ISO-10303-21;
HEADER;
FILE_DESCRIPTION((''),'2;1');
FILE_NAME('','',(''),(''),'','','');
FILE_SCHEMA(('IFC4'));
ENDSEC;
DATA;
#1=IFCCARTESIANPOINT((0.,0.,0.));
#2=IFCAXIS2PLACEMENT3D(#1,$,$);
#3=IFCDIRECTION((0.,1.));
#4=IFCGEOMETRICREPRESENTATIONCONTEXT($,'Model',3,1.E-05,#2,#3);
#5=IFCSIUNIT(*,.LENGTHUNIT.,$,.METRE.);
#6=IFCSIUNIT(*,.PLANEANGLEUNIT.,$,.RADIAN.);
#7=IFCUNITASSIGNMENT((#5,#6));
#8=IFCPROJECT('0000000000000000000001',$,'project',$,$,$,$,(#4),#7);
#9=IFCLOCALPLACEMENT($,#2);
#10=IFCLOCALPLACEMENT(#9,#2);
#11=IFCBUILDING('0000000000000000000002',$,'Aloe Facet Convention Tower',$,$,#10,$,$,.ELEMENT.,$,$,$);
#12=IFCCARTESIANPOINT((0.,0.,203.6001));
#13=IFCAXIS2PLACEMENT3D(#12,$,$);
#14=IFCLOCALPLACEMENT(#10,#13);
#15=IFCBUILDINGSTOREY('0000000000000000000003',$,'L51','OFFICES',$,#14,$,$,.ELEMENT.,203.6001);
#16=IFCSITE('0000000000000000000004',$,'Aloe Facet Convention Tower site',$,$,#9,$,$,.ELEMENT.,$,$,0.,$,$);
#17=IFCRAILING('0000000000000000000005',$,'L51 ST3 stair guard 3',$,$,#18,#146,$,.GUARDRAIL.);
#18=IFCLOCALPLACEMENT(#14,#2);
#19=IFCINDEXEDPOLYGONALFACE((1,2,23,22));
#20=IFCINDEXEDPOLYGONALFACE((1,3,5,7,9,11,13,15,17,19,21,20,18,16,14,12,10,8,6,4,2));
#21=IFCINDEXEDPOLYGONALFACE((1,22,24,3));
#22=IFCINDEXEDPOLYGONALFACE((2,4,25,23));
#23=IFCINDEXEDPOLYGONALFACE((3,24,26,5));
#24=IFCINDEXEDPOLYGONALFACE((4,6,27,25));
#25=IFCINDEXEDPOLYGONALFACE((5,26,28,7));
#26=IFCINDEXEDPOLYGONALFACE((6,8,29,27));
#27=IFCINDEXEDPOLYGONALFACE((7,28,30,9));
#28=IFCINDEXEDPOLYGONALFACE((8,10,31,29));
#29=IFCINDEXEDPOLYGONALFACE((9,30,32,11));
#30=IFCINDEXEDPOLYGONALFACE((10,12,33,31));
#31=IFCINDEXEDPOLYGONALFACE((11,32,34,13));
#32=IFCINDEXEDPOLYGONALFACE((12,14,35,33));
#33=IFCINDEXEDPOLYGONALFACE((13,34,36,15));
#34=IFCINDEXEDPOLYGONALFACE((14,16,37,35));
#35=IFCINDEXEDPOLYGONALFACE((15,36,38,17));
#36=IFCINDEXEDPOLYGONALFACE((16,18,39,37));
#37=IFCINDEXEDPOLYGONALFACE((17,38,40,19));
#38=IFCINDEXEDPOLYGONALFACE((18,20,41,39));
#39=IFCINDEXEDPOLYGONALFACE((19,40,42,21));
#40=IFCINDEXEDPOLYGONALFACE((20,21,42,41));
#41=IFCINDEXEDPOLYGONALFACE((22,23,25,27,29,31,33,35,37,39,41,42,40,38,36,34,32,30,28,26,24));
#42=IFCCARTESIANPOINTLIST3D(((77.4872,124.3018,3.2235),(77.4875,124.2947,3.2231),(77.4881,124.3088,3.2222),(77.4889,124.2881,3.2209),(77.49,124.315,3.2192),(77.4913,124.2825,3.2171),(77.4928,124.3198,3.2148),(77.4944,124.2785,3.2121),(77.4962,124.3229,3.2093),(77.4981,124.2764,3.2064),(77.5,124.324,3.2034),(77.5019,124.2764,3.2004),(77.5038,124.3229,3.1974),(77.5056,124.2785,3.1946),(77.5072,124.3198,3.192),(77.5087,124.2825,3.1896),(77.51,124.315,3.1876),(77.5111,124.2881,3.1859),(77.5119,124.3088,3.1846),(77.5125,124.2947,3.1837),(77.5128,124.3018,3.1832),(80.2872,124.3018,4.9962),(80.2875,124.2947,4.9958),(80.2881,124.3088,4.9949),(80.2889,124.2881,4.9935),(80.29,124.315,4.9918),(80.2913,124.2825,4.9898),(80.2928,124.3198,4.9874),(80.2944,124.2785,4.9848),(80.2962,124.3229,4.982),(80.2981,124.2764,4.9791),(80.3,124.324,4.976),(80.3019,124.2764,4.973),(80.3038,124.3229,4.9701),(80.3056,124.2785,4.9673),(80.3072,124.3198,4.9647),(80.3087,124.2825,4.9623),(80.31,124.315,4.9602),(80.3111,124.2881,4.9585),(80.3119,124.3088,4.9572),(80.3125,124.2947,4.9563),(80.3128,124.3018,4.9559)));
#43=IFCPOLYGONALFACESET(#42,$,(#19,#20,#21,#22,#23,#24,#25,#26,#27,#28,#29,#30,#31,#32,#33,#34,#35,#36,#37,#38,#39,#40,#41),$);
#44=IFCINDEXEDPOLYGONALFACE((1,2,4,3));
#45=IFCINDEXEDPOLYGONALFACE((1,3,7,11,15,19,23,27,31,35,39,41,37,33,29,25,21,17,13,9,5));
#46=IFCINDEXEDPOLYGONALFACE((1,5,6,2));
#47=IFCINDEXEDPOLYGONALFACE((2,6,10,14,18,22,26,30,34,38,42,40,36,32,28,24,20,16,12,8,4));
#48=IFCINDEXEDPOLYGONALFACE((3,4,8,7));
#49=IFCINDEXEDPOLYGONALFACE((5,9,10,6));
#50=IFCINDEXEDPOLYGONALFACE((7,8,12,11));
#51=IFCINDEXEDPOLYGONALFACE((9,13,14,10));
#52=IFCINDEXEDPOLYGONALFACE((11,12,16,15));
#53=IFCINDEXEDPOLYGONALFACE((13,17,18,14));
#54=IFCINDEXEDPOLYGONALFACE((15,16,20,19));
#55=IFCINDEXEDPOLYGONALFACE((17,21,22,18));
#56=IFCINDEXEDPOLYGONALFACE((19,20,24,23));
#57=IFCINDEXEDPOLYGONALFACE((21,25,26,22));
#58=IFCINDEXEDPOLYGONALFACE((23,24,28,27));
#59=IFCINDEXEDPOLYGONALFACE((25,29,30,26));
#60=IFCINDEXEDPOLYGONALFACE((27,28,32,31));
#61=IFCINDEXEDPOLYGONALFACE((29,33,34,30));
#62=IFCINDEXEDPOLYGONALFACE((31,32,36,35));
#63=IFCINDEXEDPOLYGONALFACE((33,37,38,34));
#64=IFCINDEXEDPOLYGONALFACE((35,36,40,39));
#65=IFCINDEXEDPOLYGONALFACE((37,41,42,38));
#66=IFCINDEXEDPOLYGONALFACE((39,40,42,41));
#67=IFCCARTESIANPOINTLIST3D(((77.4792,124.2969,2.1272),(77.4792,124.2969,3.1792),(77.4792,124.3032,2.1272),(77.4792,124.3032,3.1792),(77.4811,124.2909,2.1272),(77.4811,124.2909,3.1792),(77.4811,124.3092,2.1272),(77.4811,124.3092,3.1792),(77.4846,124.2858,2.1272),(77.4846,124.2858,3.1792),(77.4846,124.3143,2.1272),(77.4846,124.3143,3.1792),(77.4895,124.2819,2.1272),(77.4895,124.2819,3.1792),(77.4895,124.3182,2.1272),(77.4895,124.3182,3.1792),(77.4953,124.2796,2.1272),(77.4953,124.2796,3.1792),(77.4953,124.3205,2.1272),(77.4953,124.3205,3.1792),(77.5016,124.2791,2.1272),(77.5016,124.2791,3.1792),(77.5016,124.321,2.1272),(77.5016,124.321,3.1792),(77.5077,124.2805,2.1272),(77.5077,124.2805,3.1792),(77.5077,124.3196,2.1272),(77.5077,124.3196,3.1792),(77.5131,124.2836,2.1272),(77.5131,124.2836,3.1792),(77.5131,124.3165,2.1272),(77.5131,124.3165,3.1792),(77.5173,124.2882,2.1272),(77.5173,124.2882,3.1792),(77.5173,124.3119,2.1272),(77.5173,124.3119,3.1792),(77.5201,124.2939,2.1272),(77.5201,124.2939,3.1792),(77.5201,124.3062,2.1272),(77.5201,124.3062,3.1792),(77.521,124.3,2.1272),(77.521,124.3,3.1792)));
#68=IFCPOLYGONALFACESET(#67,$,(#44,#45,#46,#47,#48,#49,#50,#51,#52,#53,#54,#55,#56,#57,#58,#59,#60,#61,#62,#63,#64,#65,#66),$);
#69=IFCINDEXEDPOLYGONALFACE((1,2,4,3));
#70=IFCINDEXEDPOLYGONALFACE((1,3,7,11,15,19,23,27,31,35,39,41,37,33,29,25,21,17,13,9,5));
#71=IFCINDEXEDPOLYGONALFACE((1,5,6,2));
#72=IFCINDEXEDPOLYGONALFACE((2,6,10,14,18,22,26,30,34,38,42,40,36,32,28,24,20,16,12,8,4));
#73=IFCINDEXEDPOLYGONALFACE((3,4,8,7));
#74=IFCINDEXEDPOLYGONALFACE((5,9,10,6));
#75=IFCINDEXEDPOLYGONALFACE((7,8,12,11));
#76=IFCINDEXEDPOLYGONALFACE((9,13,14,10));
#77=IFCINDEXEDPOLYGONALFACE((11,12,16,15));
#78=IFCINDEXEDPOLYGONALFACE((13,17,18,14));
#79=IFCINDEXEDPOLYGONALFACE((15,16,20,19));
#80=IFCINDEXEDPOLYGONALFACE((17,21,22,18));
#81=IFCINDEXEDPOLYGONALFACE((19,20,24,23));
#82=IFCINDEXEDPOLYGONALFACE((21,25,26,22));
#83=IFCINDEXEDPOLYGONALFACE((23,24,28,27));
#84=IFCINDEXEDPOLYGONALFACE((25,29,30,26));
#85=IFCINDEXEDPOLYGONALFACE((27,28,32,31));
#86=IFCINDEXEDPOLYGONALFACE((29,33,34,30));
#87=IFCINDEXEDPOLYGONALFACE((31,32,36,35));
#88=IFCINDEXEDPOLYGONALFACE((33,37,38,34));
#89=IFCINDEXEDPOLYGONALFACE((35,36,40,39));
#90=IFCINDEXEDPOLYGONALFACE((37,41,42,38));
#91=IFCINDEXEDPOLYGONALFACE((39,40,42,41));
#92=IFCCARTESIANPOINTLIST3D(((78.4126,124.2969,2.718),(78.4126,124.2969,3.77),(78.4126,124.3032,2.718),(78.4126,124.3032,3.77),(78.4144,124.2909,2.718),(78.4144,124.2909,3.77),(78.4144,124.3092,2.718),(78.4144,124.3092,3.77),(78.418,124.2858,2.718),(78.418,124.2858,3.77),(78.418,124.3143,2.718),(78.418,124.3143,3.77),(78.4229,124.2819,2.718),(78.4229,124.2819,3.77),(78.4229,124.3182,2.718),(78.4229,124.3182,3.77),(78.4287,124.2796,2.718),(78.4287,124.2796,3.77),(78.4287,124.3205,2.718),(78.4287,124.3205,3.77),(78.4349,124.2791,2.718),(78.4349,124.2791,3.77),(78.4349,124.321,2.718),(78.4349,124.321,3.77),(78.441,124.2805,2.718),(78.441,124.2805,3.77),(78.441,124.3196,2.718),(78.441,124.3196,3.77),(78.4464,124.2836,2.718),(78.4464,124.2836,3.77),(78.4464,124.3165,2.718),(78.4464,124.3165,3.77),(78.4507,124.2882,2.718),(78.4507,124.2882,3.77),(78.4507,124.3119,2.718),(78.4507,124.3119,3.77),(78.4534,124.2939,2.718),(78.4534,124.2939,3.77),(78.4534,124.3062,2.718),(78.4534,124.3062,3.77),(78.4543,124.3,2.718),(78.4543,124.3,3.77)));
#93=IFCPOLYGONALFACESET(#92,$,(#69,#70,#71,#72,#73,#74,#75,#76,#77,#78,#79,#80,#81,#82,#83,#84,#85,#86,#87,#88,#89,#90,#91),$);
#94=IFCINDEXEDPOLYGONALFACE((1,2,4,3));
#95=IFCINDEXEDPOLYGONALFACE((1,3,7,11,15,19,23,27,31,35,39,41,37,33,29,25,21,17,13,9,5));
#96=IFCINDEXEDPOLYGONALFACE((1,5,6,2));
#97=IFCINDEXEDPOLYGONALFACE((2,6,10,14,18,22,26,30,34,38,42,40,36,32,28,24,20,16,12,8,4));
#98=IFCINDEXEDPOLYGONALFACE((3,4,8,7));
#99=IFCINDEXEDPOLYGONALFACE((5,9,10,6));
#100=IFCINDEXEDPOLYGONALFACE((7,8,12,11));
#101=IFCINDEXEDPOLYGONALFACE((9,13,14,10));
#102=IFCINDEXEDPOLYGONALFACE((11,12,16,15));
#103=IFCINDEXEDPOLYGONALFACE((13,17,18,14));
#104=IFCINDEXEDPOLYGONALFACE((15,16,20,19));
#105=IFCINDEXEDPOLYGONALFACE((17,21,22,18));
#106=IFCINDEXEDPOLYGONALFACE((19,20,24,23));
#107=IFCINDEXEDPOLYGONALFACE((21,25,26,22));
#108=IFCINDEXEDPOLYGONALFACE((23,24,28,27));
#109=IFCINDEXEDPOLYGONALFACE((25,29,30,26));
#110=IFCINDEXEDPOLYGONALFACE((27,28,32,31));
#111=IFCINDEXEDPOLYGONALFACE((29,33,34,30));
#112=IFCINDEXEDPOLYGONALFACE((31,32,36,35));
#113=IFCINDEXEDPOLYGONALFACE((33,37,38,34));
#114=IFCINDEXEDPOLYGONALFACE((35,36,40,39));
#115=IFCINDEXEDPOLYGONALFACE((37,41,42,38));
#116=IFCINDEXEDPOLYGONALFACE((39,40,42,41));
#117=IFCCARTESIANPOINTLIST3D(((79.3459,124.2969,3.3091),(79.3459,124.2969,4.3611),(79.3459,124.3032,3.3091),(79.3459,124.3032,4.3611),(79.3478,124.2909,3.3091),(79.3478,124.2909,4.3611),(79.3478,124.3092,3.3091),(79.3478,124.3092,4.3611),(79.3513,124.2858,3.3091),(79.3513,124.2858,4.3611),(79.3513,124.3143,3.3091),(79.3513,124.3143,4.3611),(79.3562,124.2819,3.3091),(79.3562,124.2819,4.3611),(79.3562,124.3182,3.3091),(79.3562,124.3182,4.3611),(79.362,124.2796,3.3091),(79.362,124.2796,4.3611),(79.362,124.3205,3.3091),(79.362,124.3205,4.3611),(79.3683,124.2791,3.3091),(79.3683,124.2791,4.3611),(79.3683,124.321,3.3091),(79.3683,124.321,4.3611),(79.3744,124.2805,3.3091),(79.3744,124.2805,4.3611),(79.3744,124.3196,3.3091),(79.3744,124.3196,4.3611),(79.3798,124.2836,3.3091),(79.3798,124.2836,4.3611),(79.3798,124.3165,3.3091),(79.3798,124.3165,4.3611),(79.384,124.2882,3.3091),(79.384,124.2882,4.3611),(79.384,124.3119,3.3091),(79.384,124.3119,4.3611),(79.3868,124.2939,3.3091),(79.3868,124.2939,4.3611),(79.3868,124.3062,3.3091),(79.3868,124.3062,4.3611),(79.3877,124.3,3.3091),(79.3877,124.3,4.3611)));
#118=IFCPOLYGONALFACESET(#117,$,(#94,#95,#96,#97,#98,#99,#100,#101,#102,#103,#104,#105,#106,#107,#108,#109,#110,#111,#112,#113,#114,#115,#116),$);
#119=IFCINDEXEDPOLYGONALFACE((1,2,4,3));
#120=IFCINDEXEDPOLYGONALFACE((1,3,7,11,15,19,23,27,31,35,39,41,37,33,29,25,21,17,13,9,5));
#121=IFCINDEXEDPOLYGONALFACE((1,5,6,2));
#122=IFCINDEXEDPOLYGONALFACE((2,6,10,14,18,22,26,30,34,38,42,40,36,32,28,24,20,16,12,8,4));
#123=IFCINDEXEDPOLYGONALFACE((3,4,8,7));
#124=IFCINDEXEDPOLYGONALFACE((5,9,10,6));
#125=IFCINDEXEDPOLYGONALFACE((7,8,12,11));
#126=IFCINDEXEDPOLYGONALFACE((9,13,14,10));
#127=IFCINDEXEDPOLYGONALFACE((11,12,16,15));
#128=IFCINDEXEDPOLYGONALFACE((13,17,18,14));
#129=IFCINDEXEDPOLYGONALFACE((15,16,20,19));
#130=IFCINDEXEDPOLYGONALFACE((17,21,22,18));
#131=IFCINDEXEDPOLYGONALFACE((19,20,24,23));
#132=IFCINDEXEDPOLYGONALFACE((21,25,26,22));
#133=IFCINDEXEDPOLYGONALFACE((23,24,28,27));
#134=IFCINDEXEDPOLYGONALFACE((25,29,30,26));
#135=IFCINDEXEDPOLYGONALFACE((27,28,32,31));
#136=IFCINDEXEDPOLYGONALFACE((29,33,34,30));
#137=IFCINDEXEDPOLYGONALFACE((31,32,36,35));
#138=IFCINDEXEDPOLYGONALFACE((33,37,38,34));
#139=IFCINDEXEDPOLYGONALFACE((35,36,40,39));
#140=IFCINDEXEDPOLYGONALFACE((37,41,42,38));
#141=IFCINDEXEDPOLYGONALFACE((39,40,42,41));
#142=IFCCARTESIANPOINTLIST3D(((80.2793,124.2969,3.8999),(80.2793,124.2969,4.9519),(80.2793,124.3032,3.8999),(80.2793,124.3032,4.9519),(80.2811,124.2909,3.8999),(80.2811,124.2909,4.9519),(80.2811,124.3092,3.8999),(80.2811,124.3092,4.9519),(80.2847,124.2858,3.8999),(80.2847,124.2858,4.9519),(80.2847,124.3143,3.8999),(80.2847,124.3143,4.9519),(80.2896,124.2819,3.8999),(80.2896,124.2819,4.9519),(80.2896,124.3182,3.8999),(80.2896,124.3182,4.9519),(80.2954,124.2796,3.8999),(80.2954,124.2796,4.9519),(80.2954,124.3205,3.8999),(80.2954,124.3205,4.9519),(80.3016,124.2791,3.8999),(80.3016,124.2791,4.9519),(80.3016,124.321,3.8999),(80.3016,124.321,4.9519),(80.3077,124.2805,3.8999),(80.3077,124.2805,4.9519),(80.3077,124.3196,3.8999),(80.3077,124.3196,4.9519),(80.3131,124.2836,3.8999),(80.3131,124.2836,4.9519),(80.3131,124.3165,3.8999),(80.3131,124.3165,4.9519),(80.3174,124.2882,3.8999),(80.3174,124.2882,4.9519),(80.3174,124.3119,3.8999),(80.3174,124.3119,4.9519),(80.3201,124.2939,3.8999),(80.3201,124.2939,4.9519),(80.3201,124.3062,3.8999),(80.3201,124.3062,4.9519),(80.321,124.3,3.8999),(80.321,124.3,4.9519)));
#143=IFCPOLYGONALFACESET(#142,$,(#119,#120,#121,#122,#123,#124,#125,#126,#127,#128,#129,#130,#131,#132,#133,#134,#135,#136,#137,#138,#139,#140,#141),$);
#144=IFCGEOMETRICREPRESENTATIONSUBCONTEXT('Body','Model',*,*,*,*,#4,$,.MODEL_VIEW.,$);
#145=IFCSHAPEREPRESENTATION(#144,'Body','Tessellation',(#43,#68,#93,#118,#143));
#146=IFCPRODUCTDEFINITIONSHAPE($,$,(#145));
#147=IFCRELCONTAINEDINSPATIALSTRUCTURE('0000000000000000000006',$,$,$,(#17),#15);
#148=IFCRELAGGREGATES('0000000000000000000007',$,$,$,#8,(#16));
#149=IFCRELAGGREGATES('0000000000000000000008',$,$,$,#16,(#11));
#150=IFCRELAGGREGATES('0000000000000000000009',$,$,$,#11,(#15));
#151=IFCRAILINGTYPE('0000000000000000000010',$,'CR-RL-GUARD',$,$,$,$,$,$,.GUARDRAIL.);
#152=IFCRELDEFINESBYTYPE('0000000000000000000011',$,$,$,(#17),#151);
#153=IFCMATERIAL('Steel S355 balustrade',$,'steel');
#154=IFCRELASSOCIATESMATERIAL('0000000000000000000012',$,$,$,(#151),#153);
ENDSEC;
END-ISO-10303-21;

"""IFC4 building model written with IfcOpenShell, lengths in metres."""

from ifc_helpers import new_model, si_unit, direction, frame, origin, origin_2d, place, context, subcontext, project, spatial, circle, extrude, material, type_object, element, save


model = new_model("IFC4")

# Units and contexts
model_context = context("Model", 3, precision=1e-05, world=origin(), true_north=direction((0.0, 1.0)))
body_context = subcontext(model_context, "Body", "Model", "MODEL_VIEW")
ifc_project = project(units=[si_unit("LENGTHUNIT", "METRE"), si_unit("PLANEANGLEUNIT", "RADIAN")], contexts=[model_context])

# Site, building, storey
site_placement = place(None, origin())
site = spatial("IfcSite", under=ifc_project, at=site_placement, Name="Aloe Facet Convention Tower site", CompositionType="ELEMENT", RefElevation=0.0)
building_placement = place(site_placement, origin())
building = spatial("IfcBuilding", under=site, at=building_placement, Name="Aloe Facet Convention Tower", CompositionType="ELEMENT")
storey_placement = place(building_placement, frame((0.0, 0.0, 203.6001)))
storey = spatial("IfcBuildingStorey", under=building, at=storey_placement, Name="L51", Description="OFFICES", CompositionType="ELEMENT", Elevation=203.6001)

# Railing
ifc_material_1 = material(Name="Steel S355 balustrade", Category="steel")
railing_type_1 = type_object("IfcRailingType", Name="CR-RL-GUARD", PredefinedType="GUARDRAIL", material=ifc_material_1)
railing_1_placement = place(storey_placement, frame((77.5, 124.3, 2.1272)))
element("IfcRailing", 1, at=railing_1_placement, inside=storey, type_object=railing_type_1, Name="L51 ST3 stair guard 3", PredefinedType="GUARDRAIL", context=body_context, shape_type="SweptSolid", body=[
    extrude(circle(Radius=0.0239, at=origin_2d()), frame((0.0, 0.0, 1.0762), z_axis=(0.844909, 0.0, 0.53491), x_axis=(0.0, 1.0, 0.0)), (0.0, 0.0, 1.0), 3.314),
    extrude(circle(Radius=0.021, at=origin_2d()), origin(), (0.0, 0.0, 1.0), 1.052),
    extrude(circle(Radius=0.021, at=origin_2d()), frame((0.9333, 0.0, 0.5908)), (0.0, 0.0, 1.0), 1.052),
    extrude(circle(Radius=0.021, at=origin_2d()), frame((1.8667, 0.0, 1.1819)), (0.0, 0.0, 1.0), 1.052),
    extrude(circle(Radius=0.021, at=origin_2d()), frame((2.8, 0.0, 1.7727)), (0.0, 0.0, 1.0), 1.052),
])

save(model, "model.ifc")
